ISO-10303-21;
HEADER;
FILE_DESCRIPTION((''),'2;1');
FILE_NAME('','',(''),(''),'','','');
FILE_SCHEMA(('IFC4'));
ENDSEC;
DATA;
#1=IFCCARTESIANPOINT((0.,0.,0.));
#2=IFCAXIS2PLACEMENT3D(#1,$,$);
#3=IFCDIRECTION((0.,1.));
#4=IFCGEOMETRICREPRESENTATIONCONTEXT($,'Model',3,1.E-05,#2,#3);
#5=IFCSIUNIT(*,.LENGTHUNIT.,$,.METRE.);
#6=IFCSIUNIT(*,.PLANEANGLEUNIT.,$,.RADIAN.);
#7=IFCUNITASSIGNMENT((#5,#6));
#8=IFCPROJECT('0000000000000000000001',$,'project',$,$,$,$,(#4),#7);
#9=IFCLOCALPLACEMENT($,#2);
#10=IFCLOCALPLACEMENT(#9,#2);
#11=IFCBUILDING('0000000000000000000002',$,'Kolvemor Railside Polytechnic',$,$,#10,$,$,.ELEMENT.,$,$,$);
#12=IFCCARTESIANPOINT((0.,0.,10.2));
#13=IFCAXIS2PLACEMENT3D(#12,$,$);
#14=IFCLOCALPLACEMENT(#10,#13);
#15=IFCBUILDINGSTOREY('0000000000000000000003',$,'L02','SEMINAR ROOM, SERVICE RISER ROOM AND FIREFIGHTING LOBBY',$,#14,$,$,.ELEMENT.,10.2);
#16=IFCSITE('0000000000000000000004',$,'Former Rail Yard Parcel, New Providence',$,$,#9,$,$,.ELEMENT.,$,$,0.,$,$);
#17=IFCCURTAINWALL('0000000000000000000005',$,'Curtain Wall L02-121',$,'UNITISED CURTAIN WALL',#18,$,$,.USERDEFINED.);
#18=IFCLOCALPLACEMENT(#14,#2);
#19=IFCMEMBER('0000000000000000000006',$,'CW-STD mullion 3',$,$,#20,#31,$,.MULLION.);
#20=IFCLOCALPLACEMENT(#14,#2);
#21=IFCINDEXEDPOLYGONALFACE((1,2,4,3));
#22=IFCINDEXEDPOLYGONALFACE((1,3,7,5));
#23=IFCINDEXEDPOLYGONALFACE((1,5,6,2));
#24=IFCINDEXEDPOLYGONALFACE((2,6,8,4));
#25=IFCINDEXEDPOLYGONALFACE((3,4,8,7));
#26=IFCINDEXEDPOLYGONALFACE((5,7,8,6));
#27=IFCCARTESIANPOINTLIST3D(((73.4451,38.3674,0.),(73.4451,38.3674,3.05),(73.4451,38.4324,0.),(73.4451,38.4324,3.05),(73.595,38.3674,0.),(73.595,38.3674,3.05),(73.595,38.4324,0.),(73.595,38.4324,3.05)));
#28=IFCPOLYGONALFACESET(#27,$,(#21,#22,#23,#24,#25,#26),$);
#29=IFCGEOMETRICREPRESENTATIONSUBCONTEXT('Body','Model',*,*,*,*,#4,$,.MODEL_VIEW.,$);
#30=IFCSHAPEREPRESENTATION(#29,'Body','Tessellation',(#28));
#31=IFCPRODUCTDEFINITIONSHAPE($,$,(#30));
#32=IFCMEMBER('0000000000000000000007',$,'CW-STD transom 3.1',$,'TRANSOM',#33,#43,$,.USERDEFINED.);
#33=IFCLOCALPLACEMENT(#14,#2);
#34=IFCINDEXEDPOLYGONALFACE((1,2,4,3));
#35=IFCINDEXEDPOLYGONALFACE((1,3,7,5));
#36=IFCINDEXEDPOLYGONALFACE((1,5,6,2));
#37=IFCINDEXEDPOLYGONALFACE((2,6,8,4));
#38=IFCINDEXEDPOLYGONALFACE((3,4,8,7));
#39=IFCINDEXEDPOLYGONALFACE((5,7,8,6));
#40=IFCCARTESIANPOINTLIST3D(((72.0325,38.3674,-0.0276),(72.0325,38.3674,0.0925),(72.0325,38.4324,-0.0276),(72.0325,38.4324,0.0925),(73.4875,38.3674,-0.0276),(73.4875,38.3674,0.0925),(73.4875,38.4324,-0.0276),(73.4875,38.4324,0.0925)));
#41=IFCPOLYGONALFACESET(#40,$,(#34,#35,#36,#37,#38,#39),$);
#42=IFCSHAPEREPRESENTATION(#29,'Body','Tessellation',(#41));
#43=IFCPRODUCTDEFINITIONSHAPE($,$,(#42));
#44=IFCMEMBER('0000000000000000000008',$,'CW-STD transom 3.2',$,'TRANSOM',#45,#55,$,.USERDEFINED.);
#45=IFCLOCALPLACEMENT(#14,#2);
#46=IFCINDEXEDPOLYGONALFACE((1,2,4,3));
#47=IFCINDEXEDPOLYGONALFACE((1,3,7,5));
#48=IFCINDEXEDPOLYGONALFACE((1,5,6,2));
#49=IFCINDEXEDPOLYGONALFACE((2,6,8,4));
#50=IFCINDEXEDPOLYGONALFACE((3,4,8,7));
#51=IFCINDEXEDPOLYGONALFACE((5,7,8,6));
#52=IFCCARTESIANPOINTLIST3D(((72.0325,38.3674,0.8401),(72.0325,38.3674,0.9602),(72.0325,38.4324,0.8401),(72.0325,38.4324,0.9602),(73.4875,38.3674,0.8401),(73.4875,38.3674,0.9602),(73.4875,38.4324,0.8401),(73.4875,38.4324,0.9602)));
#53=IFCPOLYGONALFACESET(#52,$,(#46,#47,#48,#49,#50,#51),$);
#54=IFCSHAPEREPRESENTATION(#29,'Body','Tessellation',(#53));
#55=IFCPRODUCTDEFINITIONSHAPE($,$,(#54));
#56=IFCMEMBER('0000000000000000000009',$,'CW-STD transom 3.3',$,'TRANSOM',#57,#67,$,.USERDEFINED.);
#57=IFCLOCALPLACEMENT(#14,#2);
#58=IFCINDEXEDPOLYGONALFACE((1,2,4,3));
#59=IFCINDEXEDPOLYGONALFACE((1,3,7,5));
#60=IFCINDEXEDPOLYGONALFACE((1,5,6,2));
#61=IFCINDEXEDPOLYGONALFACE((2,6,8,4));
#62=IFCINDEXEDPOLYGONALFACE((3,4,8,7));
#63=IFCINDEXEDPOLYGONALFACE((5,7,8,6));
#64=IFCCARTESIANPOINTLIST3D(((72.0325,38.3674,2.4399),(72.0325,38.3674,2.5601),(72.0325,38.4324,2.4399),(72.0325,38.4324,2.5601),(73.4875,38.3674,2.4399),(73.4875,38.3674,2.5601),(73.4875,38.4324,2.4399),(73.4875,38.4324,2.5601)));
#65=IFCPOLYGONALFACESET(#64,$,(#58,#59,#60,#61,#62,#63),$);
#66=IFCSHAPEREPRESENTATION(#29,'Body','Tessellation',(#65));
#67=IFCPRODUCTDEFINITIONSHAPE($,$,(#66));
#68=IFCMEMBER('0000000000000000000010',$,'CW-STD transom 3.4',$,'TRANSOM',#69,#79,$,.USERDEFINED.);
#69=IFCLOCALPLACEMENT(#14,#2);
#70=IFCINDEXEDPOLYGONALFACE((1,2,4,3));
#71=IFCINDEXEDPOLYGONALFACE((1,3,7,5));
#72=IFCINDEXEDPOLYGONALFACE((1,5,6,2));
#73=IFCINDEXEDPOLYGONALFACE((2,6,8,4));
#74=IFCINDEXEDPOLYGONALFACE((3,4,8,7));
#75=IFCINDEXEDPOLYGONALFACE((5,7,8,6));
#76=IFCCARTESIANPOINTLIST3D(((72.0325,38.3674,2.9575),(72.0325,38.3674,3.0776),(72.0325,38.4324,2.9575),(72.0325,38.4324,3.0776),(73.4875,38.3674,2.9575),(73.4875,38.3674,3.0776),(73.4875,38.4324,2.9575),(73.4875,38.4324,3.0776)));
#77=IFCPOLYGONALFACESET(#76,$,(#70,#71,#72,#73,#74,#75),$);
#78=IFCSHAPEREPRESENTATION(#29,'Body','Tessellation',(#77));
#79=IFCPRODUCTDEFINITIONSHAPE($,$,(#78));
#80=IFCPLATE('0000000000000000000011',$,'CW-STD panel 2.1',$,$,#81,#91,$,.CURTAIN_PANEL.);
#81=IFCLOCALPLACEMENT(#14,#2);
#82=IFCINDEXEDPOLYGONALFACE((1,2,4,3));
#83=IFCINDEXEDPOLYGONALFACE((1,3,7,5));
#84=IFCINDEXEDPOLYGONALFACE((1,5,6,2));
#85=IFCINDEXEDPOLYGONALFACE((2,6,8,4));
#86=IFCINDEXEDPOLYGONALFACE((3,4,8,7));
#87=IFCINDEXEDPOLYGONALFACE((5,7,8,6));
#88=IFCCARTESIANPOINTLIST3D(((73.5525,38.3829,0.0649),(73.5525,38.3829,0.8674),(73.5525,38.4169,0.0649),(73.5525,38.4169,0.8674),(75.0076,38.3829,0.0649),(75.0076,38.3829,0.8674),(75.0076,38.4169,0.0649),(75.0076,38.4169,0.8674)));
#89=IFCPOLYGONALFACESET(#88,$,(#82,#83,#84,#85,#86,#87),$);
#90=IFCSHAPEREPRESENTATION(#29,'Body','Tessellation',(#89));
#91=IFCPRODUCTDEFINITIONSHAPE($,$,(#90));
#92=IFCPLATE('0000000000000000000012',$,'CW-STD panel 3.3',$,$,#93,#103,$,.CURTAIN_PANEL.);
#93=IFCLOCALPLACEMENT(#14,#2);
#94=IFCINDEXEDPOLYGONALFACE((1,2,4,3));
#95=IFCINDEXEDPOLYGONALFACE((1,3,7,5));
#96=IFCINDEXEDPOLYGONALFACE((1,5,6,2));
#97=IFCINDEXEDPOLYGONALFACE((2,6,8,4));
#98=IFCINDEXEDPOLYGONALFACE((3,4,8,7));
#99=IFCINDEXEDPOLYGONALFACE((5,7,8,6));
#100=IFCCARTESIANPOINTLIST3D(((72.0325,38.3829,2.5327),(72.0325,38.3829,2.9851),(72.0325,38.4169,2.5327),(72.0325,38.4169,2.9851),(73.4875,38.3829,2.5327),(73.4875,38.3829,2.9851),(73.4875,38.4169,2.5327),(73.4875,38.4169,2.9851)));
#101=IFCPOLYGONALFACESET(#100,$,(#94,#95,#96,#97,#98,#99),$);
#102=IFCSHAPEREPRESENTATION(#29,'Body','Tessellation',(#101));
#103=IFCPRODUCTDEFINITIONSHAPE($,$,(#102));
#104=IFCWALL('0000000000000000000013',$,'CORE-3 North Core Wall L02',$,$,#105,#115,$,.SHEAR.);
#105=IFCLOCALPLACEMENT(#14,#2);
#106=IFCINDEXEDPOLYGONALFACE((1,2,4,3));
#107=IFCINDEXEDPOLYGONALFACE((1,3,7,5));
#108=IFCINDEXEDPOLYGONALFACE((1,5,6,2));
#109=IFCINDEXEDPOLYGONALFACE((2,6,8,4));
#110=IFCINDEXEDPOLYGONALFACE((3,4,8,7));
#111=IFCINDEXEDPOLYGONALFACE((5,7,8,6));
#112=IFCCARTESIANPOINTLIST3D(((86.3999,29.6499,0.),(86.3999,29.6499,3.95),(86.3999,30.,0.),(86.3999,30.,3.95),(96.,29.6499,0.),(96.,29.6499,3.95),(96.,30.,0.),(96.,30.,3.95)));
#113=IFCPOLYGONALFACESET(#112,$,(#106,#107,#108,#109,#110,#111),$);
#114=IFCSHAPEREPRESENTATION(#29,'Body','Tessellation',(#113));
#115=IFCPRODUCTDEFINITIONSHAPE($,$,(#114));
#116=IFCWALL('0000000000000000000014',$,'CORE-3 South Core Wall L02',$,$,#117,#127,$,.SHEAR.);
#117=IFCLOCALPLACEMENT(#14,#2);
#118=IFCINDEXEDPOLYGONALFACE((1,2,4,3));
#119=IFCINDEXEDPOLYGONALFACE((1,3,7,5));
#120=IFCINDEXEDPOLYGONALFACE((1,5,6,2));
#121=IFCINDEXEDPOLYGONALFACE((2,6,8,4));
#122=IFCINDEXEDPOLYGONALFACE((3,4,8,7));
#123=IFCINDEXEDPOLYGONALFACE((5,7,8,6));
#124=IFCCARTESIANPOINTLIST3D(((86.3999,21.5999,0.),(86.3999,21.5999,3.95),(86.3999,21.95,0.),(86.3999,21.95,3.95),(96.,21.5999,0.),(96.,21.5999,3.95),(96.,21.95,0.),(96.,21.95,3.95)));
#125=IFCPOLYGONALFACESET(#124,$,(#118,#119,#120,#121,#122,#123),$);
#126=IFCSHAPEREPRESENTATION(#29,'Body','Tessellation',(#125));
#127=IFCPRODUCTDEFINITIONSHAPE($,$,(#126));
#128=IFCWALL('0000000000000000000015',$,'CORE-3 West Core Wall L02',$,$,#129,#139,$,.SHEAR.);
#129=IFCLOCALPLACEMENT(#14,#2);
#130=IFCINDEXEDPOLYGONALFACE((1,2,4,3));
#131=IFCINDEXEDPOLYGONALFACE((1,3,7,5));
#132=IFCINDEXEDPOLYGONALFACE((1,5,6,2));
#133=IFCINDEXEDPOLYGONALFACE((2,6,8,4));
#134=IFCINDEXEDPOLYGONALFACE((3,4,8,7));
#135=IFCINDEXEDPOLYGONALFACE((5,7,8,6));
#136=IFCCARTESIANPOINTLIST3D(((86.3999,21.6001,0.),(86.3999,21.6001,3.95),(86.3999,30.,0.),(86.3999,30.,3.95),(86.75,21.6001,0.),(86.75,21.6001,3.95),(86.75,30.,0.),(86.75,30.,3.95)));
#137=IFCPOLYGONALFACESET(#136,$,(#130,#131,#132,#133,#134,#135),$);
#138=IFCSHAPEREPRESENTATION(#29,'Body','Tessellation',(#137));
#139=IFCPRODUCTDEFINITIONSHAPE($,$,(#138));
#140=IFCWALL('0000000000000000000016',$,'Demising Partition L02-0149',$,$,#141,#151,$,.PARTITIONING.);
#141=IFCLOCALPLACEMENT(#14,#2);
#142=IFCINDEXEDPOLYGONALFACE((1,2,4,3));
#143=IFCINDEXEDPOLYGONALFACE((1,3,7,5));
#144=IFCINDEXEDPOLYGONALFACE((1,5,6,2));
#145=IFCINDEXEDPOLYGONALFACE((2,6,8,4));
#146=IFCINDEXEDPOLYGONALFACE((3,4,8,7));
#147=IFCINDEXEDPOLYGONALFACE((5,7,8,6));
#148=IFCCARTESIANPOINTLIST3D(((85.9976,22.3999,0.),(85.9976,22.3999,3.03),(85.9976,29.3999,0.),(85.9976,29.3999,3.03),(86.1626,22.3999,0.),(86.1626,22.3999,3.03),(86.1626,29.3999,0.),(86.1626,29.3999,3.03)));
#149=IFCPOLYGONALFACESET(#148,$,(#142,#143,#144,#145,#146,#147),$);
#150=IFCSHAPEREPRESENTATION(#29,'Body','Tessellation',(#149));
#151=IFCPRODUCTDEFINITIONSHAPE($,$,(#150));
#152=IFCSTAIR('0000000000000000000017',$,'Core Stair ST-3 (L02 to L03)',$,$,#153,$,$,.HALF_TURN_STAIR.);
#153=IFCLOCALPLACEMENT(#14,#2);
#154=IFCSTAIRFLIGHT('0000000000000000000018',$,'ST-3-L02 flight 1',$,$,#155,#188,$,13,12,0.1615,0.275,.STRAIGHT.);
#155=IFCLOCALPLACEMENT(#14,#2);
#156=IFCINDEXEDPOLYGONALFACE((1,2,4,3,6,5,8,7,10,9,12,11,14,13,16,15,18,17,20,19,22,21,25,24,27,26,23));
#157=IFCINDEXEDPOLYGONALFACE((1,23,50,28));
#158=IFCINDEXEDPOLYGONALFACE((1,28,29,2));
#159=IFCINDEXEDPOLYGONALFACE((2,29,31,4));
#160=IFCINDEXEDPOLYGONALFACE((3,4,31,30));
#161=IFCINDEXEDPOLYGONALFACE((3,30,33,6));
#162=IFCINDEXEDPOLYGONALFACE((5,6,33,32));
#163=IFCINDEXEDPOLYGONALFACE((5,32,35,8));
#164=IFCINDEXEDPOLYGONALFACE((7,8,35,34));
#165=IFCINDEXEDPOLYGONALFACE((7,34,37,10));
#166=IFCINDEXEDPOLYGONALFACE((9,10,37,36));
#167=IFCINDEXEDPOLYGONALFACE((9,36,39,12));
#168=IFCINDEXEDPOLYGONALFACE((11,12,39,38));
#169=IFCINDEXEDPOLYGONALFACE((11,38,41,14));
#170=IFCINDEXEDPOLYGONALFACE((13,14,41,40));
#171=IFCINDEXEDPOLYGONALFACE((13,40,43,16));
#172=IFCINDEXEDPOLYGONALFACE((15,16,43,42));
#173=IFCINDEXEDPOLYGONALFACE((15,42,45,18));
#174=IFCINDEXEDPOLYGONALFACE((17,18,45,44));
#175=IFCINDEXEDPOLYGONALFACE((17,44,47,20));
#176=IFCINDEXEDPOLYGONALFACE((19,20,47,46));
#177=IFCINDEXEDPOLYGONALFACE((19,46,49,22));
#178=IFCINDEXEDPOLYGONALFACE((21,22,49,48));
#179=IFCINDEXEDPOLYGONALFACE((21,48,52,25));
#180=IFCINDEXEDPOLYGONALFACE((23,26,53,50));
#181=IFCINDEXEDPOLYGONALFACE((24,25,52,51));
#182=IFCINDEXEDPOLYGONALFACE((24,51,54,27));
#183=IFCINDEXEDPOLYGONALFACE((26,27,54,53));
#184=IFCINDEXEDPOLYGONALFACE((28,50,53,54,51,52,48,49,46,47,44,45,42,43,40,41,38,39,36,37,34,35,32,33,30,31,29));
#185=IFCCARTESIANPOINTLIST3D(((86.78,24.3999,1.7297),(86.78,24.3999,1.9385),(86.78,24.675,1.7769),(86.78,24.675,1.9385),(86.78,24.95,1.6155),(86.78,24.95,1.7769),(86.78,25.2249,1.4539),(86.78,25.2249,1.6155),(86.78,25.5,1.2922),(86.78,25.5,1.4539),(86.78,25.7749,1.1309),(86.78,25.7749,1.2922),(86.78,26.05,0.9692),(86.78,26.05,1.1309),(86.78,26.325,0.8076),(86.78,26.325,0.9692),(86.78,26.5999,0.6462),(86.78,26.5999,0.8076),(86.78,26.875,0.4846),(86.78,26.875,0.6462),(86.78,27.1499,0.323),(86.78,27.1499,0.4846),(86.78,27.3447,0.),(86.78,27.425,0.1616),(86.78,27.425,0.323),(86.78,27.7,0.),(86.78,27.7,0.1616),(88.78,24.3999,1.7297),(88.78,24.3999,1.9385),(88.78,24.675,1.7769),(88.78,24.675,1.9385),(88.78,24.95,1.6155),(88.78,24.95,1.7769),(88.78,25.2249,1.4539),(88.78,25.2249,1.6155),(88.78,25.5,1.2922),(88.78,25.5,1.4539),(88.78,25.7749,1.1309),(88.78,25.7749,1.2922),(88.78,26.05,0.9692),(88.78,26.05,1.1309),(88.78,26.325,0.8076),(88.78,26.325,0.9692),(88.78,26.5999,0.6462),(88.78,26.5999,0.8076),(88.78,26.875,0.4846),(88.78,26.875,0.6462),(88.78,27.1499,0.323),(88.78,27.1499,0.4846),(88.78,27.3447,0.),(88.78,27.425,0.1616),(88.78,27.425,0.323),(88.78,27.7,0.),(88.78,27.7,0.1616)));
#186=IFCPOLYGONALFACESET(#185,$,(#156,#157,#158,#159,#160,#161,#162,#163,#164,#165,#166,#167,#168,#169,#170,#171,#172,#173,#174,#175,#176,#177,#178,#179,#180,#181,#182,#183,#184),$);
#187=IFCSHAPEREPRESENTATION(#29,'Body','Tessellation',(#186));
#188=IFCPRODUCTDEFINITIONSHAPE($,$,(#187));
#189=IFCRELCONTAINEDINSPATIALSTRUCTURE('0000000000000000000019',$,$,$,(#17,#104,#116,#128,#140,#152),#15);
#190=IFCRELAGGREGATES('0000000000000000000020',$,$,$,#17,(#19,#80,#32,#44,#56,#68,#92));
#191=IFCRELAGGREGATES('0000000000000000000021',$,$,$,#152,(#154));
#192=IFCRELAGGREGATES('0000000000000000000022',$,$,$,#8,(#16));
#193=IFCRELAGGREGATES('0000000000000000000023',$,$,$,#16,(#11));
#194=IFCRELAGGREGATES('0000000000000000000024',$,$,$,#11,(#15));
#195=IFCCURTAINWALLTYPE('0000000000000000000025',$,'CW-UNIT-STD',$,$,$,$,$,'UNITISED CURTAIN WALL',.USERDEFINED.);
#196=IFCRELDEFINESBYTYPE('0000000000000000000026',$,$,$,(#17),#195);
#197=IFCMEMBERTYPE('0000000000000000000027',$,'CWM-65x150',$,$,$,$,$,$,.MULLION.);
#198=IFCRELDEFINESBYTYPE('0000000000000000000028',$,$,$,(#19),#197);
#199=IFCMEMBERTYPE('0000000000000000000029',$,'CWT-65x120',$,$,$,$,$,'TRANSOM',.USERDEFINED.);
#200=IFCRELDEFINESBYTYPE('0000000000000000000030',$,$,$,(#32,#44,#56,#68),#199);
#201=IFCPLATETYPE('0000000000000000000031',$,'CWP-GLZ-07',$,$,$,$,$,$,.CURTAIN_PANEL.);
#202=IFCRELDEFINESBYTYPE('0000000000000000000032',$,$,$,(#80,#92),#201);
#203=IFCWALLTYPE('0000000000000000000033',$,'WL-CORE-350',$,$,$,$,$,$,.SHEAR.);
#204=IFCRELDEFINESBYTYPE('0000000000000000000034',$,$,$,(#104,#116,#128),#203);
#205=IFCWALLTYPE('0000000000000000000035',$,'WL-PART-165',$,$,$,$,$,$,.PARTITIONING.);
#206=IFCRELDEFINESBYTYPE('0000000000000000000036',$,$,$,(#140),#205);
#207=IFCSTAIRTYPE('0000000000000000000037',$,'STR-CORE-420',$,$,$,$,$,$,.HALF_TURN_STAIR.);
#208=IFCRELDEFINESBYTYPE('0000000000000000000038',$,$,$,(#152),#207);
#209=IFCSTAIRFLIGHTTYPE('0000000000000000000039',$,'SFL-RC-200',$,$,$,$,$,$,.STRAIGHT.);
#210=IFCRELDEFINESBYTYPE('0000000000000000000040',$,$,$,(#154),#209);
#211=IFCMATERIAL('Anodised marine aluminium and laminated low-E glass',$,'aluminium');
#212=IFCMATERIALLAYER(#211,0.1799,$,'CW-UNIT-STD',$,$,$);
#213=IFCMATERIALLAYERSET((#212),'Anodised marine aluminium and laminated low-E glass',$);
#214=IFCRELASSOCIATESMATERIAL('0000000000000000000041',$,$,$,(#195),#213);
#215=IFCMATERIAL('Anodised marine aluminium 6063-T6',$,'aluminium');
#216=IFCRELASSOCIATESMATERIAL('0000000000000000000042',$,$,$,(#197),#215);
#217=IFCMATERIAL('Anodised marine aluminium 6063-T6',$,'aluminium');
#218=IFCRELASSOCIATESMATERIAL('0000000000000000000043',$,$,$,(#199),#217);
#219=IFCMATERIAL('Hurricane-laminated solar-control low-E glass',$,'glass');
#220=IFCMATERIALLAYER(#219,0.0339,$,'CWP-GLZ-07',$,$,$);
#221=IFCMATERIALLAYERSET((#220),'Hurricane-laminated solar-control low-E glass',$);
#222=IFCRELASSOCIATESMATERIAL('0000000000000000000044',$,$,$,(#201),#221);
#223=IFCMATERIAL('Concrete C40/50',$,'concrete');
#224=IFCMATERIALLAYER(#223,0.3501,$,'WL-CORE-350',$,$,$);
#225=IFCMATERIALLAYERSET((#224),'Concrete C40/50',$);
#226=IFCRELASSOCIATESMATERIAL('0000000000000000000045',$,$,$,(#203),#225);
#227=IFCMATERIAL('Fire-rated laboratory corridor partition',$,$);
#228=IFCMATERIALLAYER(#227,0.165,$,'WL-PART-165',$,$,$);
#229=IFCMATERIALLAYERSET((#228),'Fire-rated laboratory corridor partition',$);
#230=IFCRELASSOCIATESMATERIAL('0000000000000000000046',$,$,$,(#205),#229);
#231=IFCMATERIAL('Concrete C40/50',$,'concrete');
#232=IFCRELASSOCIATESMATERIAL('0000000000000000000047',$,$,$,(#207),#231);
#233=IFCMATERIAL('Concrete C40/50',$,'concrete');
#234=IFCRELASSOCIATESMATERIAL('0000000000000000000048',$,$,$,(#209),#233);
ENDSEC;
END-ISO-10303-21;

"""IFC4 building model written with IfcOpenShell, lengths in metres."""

from ifc_helpers import new_model, si_unit, direction, frame, frame_2d, origin, origin_2d, place, context, subcontext, project, spatial, polyline, rectangle, outline, extrude, material, layer, layer_set, material_profile, profile_set, type_object, element, aggregate, save


model = new_model("IFC4")

# Units and contexts
model_context = context("Model", 3, precision=1e-05, world=origin(), true_north=direction((0.0, 1.0)))
body_context = subcontext(model_context, "Body", "Model", "MODEL_VIEW")
ifc_project = project(units=[si_unit("LENGTHUNIT", "METRE"), si_unit("PLANEANGLEUNIT", "RADIAN")], contexts=[model_context])

# Site, building, storey
site_placement = place(None, origin())
site = spatial("IfcSite", under=ifc_project, at=site_placement, Name="Former Rail Yard Parcel, New Providence", CompositionType="ELEMENT", RefElevation=0.0)
building_placement = place(site_placement, origin())
building = spatial("IfcBuilding", under=site, at=building_placement, Name="Kolvemor Railside Polytechnic", CompositionType="ELEMENT")
storey_placement = place(building_placement, frame((0.0, 0.0, 10.2)))
storey = spatial("IfcBuildingStorey", under=building, at=storey_placement, Name="L02", Description="SEMINAR ROOM, SERVICE RISER ROOM AND FIREFIGHTING LOBBY", CompositionType="ELEMENT", Elevation=10.2)

# Curtain wall, members, plates
ifc_material_1 = material(Name="Anodised marine aluminium and laminated low-E glass", Category="aluminium")
ifc_layer_1 = layer(ifc_material_1, 0.1799, Name="CW-UNIT-STD")
ifc_layer_set_1 = layer_set([ifc_layer_1], Name="Anodised marine aluminium and laminated low-E glass")
curtain_wall_type = type_object("IfcCurtainWallType", Name="CW-UNIT-STD", ElementType="UNITISED CURTAIN WALL", PredefinedType="USERDEFINED", material=ifc_layer_set_1)
curtain_wall_placement = place(storey_placement, origin())
curtain_wall = element("IfcCurtainWall", 1, at=curtain_wall_placement, inside=storey, type_object=curtain_wall_type, Name="Curtain Wall L02-121", ObjectType="UNITISED CURTAIN WALL", PredefinedType="USERDEFINED")
ifc_material_2 = material(Name="Anodised marine aluminium 6063-T6", Category="aluminium")
ifc_material_profile_1 = material_profile(ifc_material_2, rectangle(XDim=0.0649, YDim=0.1499, at=origin_2d()), Name="CW-MUL-65x150")
ifc_profile_set_1 = profile_set([ifc_material_profile_1], Name="Anodised marine aluminium 6063-T6")
member_type_1 = type_object("IfcMemberType", Name="CWM-65x150", PredefinedType="MULLION", material=ifc_profile_set_1)
member_1_placement = place(storey_placement, frame((73.52, 38.3999, 0.0), z_axis=(0.0, 0.0, 1.0), x_axis=(0.0, -1.0, 0.0)))
member_1 = element("IfcMember", 2, at=member_1_placement, type_object=member_type_1, Name="CW-STD mullion 3", PredefinedType="MULLION", context=body_context, shape_type="SweptSolid", body=[
    extrude(rectangle(XDim=0.0649, YDim=0.1499, at=origin_2d()), origin(), (0.0, 0.0, 1.0), 3.05),
])
ifc_material_3 = material(Name="Anodised marine aluminium 6063-T6", Category="aluminium")
ifc_material_profile_2 = material_profile(ifc_material_3, rectangle(XDim=0.0649, YDim=0.1201, at=origin_2d()), Name="CW-TRN-65x120")
ifc_profile_set_2 = profile_set([ifc_material_profile_2], Name="Anodised marine aluminium 6063-T6")
member_type_2 = type_object("IfcMemberType", Name="CWT-65x120", ElementType="TRANSOM", PredefinedType="USERDEFINED", material=ifc_profile_set_2)
member_2_placement = place(storey_placement, frame((73.4875, 38.3999, 0.0325), z_axis=(-1.0, 0.0, 0.0), x_axis=(0.0, -1.0, 0.0)))
member_2 = element("IfcMember", 3, at=member_2_placement, type_object=member_type_2, Name="CW-STD transom 3.1", ObjectType="TRANSOM", PredefinedType="USERDEFINED", context=body_context, shape_type="SweptSolid", body=[
    extrude(rectangle(XDim=0.0649, YDim=0.1201, at=origin_2d()), origin(), (0.0, 0.0, 1.0), 1.4551),
])
member_3_placement = place(storey_placement, frame((73.4875, 38.3999, 0.9001), z_axis=(-1.0, 0.0, 0.0), x_axis=(0.0, -1.0, 0.0)))
member_3 = element("IfcMember", 4, at=member_3_placement, type_object=member_type_2, Name="CW-STD transom 3.2", ObjectType="TRANSOM", PredefinedType="USERDEFINED", context=body_context, shape_type="SweptSolid", body=[
    extrude(rectangle(XDim=0.0649, YDim=0.1201, at=origin_2d()), origin(), (0.0, 0.0, 1.0), 1.4551),
])
member_4_placement = place(storey_placement, frame((73.4875, 38.3999, 2.5), z_axis=(-1.0, 0.0, 0.0), x_axis=(0.0, -1.0, 0.0)))
member_4 = element("IfcMember", 5, at=member_4_placement, type_object=member_type_2, Name="CW-STD transom 3.3", ObjectType="TRANSOM", PredefinedType="USERDEFINED", context=body_context, shape_type="SweptSolid", body=[
    extrude(rectangle(XDim=0.0649, YDim=0.1201, at=origin_2d()), origin(), (0.0, 0.0, 1.0), 1.4551),
])
member_5_placement = place(storey_placement, frame((73.4875, 38.3999, 3.0176), z_axis=(-1.0, 0.0, 0.0), x_axis=(0.0, -1.0, 0.0)))
member_5 = element("IfcMember", 6, at=member_5_placement, type_object=member_type_2, Name="CW-STD transom 3.4", ObjectType="TRANSOM", PredefinedType="USERDEFINED", context=body_context, shape_type="SweptSolid", body=[
    extrude(rectangle(XDim=0.0649, YDim=0.1201, at=origin_2d()), origin(), (0.0, 0.0, 1.0), 1.4551),
])
ifc_material_4 = material(Name="Hurricane-laminated solar-control low-E glass", Category="glass")
ifc_layer_2 = layer(ifc_material_4, 0.0339, Name="CWP-GLZ-07")
ifc_layer_set_2 = layer_set([ifc_layer_2], Name="Hurricane-laminated solar-control low-E glass")
plate_type = type_object("IfcPlateType", Name="CWP-GLZ-07", PredefinedType="CURTAIN_PANEL", material=ifc_layer_set_2)
plate_1_placement = place(storey_placement, frame((74.28, 38.3999, 0.0649), z_axis=(0.0, 0.0, 1.0), x_axis=(-1.0, 0.0, 0.0)))
plate_1 = element("IfcPlate", 7, at=plate_1_placement, type_object=plate_type, Name="CW-STD panel 2.1", PredefinedType="CURTAIN_PANEL", context=body_context, shape_type="SweptSolid", body=[
    extrude(rectangle(XDim=1.4551, YDim=0.0339, at=origin_2d()), origin(), (0.0, 0.0, 1.0), 0.8025),
])
plate_2_placement = place(storey_placement, frame((72.76, 38.3999, 2.5327), z_axis=(0.0, 0.0, 1.0), x_axis=(-1.0, 0.0, 0.0)))
plate_2 = element("IfcPlate", 8, at=plate_2_placement, type_object=plate_type, Name="CW-STD panel 3.3", PredefinedType="CURTAIN_PANEL", context=body_context, shape_type="SweptSolid", body=[
    extrude(rectangle(XDim=1.4551, YDim=0.0339, at=origin_2d()), origin(), (0.0, 0.0, 1.0), 0.4524),
])
aggregate(curtain_wall, [member_1, plate_1, member_2, member_3, member_4, member_5, plate_2])

# Walls
ifc_material_5 = material(Name="Concrete C40/50", Category="concrete")
ifc_layer_3 = layer(ifc_material_5, 0.3501, Name="WL-CORE-350")
ifc_layer_set_3 = layer_set([ifc_layer_3], Name="Concrete C40/50")
wall_type_1 = type_object("IfcWallType", Name="WL-CORE-350", PredefinedType="SHEAR", material=ifc_layer_set_3)
for number, where, z_axis, x_axis, name in (
    (9, (86.3999, 29.825, 0.0), (0.0, 0.0, 1.0), (1.0, 0.0, 0.0), "CORE-3 North Core Wall L02"),
    (10, (86.3999, 21.7749, 0.0), (0.0, 0.0, 1.0), (1.0, 0.0, 0.0), "CORE-3 South Core Wall L02"),
):
    element("IfcWall", number, at=place(storey_placement, frame(where, z_axis=z_axis, x_axis=x_axis)), inside=storey, type_object=wall_type_1, Name=name, PredefinedType="SHEAR", context=body_context, shape_type="SweptSolid", body=[
        extrude(rectangle(XDim=9.6001, YDim=0.3501, at=frame_2d((4.8, 0.0))), origin(), (0.0, 0.0, 1.0), 3.95),
    ])
wall_1_placement = place(storey_placement, frame((86.575, 21.6001, 0.0), z_axis=(0.0, 0.0, 1.0), x_axis=(0.0, 1.0, 0.0)))
element("IfcWall", 11, at=wall_1_placement, inside=storey, type_object=wall_type_1, Name="CORE-3 West Core Wall L02", PredefinedType="SHEAR", context=body_context, shape_type="SweptSolid", body=[
    extrude(rectangle(XDim=8.3999, YDim=0.3501, at=frame_2d((4.2, 0.0))), origin(), (0.0, 0.0, 1.0), 3.95),
])

# Shared definitions
ifc_material_6 = material(Name="Fire-rated laboratory corridor partition")
ifc_layer_4 = layer(ifc_material_6, 0.165, Name="WL-PART-165")
ifc_layer_set_4 = layer_set([ifc_layer_4], Name="Fire-rated laboratory corridor partition")
wall_type_2 = type_object("IfcWallType", Name="WL-PART-165", PredefinedType="PARTITIONING", material=ifc_layer_set_4)

# Wall
wall_2_placement = place(storey_placement, frame((86.0801, 22.3999, 0.0), z_axis=(0.0, 0.0, 1.0), x_axis=(0.0, 1.0, 0.0)))
element("IfcWall", 12, at=wall_2_placement, inside=storey, type_object=wall_type_2, Name="Demising Partition L02-0149", PredefinedType="PARTITIONING", context=body_context, shape_type="SweptSolid", body=[
    extrude(rectangle(XDim=7.0, YDim=0.165, at=frame_2d((3.5, 0.0))), origin(), (0.0, 0.0, 1.0), 3.03),
])

# Stair, stair flight
ifc_material_7 = material(Name="Concrete C40/50", Category="concrete")
stair_type = type_object("IfcStairType", Name="STR-CORE-420", PredefinedType="HALF_TURN_STAIR", material=ifc_material_7)
stair_placement = place(storey_placement, origin())
stair = element("IfcStair", 13, at=stair_placement, inside=storey, type_object=stair_type, Name="Core Stair ST-3 (L02 to L03)", PredefinedType="HALF_TURN_STAIR")
ifc_material_8 = material(Name="Concrete C40/50", Category="concrete")
stair_flight_type = type_object("IfcStairFlightType", Name="SFL-RC-200", PredefinedType="STRAIGHT", material=ifc_material_8)
stair_flight_placement = place(storey_placement, frame((87.78, 27.7, 0.0), z_axis=(0.0, 0.0, 1.0), x_axis=(0.0, -1.0, 0.0)))
stair_flight = element("IfcStairFlight", 14, at=stair_flight_placement, type_object=stair_flight_type, Name="ST-3-L02 flight 1", NumberOfRisers=13, NumberOfTreads=12, PredefinedType="STRAIGHT", RiserHeight=0.1615, TreadLength=0.275, context=body_context, shape_type="SweptSolid", body=[
    extrude(outline(polyline([(0.0, 0.0), (0.0, 0.1616), (0.2749, 0.1616), (0.2749, 0.323), (0.55, 0.323), (0.55, 0.4846), (0.825, 0.4846), (0.825, 0.6462), (1.1001, 0.6462), (1.1001, 0.8076), (1.375, 0.8076), (1.375, 0.9692), (1.6499, 0.9692), (1.6499, 1.1309), (1.925, 1.1309), (1.925, 1.2922), (2.2, 1.2922), (2.2, 1.4539), (2.4751, 1.4539), (2.4751, 1.6155), (2.75, 1.6155), (2.75, 1.7769), (3.0249, 1.7769), (3.0249, 1.9385), (3.3, 1.9385), (3.3, 2.1001), (3.3, 1.7297), (0.3552, 0.0), (0.0, 0.0)])), frame((0.0, 1.0, 0.0), z_axis=(0.0, -1.0, 0.0), x_axis=(1.0, 0.0, 0.0)), (0.0, 0.0, 1.0), 2.0),
])
aggregate(stair, [stair_flight])

save(model, "model.ifc")
